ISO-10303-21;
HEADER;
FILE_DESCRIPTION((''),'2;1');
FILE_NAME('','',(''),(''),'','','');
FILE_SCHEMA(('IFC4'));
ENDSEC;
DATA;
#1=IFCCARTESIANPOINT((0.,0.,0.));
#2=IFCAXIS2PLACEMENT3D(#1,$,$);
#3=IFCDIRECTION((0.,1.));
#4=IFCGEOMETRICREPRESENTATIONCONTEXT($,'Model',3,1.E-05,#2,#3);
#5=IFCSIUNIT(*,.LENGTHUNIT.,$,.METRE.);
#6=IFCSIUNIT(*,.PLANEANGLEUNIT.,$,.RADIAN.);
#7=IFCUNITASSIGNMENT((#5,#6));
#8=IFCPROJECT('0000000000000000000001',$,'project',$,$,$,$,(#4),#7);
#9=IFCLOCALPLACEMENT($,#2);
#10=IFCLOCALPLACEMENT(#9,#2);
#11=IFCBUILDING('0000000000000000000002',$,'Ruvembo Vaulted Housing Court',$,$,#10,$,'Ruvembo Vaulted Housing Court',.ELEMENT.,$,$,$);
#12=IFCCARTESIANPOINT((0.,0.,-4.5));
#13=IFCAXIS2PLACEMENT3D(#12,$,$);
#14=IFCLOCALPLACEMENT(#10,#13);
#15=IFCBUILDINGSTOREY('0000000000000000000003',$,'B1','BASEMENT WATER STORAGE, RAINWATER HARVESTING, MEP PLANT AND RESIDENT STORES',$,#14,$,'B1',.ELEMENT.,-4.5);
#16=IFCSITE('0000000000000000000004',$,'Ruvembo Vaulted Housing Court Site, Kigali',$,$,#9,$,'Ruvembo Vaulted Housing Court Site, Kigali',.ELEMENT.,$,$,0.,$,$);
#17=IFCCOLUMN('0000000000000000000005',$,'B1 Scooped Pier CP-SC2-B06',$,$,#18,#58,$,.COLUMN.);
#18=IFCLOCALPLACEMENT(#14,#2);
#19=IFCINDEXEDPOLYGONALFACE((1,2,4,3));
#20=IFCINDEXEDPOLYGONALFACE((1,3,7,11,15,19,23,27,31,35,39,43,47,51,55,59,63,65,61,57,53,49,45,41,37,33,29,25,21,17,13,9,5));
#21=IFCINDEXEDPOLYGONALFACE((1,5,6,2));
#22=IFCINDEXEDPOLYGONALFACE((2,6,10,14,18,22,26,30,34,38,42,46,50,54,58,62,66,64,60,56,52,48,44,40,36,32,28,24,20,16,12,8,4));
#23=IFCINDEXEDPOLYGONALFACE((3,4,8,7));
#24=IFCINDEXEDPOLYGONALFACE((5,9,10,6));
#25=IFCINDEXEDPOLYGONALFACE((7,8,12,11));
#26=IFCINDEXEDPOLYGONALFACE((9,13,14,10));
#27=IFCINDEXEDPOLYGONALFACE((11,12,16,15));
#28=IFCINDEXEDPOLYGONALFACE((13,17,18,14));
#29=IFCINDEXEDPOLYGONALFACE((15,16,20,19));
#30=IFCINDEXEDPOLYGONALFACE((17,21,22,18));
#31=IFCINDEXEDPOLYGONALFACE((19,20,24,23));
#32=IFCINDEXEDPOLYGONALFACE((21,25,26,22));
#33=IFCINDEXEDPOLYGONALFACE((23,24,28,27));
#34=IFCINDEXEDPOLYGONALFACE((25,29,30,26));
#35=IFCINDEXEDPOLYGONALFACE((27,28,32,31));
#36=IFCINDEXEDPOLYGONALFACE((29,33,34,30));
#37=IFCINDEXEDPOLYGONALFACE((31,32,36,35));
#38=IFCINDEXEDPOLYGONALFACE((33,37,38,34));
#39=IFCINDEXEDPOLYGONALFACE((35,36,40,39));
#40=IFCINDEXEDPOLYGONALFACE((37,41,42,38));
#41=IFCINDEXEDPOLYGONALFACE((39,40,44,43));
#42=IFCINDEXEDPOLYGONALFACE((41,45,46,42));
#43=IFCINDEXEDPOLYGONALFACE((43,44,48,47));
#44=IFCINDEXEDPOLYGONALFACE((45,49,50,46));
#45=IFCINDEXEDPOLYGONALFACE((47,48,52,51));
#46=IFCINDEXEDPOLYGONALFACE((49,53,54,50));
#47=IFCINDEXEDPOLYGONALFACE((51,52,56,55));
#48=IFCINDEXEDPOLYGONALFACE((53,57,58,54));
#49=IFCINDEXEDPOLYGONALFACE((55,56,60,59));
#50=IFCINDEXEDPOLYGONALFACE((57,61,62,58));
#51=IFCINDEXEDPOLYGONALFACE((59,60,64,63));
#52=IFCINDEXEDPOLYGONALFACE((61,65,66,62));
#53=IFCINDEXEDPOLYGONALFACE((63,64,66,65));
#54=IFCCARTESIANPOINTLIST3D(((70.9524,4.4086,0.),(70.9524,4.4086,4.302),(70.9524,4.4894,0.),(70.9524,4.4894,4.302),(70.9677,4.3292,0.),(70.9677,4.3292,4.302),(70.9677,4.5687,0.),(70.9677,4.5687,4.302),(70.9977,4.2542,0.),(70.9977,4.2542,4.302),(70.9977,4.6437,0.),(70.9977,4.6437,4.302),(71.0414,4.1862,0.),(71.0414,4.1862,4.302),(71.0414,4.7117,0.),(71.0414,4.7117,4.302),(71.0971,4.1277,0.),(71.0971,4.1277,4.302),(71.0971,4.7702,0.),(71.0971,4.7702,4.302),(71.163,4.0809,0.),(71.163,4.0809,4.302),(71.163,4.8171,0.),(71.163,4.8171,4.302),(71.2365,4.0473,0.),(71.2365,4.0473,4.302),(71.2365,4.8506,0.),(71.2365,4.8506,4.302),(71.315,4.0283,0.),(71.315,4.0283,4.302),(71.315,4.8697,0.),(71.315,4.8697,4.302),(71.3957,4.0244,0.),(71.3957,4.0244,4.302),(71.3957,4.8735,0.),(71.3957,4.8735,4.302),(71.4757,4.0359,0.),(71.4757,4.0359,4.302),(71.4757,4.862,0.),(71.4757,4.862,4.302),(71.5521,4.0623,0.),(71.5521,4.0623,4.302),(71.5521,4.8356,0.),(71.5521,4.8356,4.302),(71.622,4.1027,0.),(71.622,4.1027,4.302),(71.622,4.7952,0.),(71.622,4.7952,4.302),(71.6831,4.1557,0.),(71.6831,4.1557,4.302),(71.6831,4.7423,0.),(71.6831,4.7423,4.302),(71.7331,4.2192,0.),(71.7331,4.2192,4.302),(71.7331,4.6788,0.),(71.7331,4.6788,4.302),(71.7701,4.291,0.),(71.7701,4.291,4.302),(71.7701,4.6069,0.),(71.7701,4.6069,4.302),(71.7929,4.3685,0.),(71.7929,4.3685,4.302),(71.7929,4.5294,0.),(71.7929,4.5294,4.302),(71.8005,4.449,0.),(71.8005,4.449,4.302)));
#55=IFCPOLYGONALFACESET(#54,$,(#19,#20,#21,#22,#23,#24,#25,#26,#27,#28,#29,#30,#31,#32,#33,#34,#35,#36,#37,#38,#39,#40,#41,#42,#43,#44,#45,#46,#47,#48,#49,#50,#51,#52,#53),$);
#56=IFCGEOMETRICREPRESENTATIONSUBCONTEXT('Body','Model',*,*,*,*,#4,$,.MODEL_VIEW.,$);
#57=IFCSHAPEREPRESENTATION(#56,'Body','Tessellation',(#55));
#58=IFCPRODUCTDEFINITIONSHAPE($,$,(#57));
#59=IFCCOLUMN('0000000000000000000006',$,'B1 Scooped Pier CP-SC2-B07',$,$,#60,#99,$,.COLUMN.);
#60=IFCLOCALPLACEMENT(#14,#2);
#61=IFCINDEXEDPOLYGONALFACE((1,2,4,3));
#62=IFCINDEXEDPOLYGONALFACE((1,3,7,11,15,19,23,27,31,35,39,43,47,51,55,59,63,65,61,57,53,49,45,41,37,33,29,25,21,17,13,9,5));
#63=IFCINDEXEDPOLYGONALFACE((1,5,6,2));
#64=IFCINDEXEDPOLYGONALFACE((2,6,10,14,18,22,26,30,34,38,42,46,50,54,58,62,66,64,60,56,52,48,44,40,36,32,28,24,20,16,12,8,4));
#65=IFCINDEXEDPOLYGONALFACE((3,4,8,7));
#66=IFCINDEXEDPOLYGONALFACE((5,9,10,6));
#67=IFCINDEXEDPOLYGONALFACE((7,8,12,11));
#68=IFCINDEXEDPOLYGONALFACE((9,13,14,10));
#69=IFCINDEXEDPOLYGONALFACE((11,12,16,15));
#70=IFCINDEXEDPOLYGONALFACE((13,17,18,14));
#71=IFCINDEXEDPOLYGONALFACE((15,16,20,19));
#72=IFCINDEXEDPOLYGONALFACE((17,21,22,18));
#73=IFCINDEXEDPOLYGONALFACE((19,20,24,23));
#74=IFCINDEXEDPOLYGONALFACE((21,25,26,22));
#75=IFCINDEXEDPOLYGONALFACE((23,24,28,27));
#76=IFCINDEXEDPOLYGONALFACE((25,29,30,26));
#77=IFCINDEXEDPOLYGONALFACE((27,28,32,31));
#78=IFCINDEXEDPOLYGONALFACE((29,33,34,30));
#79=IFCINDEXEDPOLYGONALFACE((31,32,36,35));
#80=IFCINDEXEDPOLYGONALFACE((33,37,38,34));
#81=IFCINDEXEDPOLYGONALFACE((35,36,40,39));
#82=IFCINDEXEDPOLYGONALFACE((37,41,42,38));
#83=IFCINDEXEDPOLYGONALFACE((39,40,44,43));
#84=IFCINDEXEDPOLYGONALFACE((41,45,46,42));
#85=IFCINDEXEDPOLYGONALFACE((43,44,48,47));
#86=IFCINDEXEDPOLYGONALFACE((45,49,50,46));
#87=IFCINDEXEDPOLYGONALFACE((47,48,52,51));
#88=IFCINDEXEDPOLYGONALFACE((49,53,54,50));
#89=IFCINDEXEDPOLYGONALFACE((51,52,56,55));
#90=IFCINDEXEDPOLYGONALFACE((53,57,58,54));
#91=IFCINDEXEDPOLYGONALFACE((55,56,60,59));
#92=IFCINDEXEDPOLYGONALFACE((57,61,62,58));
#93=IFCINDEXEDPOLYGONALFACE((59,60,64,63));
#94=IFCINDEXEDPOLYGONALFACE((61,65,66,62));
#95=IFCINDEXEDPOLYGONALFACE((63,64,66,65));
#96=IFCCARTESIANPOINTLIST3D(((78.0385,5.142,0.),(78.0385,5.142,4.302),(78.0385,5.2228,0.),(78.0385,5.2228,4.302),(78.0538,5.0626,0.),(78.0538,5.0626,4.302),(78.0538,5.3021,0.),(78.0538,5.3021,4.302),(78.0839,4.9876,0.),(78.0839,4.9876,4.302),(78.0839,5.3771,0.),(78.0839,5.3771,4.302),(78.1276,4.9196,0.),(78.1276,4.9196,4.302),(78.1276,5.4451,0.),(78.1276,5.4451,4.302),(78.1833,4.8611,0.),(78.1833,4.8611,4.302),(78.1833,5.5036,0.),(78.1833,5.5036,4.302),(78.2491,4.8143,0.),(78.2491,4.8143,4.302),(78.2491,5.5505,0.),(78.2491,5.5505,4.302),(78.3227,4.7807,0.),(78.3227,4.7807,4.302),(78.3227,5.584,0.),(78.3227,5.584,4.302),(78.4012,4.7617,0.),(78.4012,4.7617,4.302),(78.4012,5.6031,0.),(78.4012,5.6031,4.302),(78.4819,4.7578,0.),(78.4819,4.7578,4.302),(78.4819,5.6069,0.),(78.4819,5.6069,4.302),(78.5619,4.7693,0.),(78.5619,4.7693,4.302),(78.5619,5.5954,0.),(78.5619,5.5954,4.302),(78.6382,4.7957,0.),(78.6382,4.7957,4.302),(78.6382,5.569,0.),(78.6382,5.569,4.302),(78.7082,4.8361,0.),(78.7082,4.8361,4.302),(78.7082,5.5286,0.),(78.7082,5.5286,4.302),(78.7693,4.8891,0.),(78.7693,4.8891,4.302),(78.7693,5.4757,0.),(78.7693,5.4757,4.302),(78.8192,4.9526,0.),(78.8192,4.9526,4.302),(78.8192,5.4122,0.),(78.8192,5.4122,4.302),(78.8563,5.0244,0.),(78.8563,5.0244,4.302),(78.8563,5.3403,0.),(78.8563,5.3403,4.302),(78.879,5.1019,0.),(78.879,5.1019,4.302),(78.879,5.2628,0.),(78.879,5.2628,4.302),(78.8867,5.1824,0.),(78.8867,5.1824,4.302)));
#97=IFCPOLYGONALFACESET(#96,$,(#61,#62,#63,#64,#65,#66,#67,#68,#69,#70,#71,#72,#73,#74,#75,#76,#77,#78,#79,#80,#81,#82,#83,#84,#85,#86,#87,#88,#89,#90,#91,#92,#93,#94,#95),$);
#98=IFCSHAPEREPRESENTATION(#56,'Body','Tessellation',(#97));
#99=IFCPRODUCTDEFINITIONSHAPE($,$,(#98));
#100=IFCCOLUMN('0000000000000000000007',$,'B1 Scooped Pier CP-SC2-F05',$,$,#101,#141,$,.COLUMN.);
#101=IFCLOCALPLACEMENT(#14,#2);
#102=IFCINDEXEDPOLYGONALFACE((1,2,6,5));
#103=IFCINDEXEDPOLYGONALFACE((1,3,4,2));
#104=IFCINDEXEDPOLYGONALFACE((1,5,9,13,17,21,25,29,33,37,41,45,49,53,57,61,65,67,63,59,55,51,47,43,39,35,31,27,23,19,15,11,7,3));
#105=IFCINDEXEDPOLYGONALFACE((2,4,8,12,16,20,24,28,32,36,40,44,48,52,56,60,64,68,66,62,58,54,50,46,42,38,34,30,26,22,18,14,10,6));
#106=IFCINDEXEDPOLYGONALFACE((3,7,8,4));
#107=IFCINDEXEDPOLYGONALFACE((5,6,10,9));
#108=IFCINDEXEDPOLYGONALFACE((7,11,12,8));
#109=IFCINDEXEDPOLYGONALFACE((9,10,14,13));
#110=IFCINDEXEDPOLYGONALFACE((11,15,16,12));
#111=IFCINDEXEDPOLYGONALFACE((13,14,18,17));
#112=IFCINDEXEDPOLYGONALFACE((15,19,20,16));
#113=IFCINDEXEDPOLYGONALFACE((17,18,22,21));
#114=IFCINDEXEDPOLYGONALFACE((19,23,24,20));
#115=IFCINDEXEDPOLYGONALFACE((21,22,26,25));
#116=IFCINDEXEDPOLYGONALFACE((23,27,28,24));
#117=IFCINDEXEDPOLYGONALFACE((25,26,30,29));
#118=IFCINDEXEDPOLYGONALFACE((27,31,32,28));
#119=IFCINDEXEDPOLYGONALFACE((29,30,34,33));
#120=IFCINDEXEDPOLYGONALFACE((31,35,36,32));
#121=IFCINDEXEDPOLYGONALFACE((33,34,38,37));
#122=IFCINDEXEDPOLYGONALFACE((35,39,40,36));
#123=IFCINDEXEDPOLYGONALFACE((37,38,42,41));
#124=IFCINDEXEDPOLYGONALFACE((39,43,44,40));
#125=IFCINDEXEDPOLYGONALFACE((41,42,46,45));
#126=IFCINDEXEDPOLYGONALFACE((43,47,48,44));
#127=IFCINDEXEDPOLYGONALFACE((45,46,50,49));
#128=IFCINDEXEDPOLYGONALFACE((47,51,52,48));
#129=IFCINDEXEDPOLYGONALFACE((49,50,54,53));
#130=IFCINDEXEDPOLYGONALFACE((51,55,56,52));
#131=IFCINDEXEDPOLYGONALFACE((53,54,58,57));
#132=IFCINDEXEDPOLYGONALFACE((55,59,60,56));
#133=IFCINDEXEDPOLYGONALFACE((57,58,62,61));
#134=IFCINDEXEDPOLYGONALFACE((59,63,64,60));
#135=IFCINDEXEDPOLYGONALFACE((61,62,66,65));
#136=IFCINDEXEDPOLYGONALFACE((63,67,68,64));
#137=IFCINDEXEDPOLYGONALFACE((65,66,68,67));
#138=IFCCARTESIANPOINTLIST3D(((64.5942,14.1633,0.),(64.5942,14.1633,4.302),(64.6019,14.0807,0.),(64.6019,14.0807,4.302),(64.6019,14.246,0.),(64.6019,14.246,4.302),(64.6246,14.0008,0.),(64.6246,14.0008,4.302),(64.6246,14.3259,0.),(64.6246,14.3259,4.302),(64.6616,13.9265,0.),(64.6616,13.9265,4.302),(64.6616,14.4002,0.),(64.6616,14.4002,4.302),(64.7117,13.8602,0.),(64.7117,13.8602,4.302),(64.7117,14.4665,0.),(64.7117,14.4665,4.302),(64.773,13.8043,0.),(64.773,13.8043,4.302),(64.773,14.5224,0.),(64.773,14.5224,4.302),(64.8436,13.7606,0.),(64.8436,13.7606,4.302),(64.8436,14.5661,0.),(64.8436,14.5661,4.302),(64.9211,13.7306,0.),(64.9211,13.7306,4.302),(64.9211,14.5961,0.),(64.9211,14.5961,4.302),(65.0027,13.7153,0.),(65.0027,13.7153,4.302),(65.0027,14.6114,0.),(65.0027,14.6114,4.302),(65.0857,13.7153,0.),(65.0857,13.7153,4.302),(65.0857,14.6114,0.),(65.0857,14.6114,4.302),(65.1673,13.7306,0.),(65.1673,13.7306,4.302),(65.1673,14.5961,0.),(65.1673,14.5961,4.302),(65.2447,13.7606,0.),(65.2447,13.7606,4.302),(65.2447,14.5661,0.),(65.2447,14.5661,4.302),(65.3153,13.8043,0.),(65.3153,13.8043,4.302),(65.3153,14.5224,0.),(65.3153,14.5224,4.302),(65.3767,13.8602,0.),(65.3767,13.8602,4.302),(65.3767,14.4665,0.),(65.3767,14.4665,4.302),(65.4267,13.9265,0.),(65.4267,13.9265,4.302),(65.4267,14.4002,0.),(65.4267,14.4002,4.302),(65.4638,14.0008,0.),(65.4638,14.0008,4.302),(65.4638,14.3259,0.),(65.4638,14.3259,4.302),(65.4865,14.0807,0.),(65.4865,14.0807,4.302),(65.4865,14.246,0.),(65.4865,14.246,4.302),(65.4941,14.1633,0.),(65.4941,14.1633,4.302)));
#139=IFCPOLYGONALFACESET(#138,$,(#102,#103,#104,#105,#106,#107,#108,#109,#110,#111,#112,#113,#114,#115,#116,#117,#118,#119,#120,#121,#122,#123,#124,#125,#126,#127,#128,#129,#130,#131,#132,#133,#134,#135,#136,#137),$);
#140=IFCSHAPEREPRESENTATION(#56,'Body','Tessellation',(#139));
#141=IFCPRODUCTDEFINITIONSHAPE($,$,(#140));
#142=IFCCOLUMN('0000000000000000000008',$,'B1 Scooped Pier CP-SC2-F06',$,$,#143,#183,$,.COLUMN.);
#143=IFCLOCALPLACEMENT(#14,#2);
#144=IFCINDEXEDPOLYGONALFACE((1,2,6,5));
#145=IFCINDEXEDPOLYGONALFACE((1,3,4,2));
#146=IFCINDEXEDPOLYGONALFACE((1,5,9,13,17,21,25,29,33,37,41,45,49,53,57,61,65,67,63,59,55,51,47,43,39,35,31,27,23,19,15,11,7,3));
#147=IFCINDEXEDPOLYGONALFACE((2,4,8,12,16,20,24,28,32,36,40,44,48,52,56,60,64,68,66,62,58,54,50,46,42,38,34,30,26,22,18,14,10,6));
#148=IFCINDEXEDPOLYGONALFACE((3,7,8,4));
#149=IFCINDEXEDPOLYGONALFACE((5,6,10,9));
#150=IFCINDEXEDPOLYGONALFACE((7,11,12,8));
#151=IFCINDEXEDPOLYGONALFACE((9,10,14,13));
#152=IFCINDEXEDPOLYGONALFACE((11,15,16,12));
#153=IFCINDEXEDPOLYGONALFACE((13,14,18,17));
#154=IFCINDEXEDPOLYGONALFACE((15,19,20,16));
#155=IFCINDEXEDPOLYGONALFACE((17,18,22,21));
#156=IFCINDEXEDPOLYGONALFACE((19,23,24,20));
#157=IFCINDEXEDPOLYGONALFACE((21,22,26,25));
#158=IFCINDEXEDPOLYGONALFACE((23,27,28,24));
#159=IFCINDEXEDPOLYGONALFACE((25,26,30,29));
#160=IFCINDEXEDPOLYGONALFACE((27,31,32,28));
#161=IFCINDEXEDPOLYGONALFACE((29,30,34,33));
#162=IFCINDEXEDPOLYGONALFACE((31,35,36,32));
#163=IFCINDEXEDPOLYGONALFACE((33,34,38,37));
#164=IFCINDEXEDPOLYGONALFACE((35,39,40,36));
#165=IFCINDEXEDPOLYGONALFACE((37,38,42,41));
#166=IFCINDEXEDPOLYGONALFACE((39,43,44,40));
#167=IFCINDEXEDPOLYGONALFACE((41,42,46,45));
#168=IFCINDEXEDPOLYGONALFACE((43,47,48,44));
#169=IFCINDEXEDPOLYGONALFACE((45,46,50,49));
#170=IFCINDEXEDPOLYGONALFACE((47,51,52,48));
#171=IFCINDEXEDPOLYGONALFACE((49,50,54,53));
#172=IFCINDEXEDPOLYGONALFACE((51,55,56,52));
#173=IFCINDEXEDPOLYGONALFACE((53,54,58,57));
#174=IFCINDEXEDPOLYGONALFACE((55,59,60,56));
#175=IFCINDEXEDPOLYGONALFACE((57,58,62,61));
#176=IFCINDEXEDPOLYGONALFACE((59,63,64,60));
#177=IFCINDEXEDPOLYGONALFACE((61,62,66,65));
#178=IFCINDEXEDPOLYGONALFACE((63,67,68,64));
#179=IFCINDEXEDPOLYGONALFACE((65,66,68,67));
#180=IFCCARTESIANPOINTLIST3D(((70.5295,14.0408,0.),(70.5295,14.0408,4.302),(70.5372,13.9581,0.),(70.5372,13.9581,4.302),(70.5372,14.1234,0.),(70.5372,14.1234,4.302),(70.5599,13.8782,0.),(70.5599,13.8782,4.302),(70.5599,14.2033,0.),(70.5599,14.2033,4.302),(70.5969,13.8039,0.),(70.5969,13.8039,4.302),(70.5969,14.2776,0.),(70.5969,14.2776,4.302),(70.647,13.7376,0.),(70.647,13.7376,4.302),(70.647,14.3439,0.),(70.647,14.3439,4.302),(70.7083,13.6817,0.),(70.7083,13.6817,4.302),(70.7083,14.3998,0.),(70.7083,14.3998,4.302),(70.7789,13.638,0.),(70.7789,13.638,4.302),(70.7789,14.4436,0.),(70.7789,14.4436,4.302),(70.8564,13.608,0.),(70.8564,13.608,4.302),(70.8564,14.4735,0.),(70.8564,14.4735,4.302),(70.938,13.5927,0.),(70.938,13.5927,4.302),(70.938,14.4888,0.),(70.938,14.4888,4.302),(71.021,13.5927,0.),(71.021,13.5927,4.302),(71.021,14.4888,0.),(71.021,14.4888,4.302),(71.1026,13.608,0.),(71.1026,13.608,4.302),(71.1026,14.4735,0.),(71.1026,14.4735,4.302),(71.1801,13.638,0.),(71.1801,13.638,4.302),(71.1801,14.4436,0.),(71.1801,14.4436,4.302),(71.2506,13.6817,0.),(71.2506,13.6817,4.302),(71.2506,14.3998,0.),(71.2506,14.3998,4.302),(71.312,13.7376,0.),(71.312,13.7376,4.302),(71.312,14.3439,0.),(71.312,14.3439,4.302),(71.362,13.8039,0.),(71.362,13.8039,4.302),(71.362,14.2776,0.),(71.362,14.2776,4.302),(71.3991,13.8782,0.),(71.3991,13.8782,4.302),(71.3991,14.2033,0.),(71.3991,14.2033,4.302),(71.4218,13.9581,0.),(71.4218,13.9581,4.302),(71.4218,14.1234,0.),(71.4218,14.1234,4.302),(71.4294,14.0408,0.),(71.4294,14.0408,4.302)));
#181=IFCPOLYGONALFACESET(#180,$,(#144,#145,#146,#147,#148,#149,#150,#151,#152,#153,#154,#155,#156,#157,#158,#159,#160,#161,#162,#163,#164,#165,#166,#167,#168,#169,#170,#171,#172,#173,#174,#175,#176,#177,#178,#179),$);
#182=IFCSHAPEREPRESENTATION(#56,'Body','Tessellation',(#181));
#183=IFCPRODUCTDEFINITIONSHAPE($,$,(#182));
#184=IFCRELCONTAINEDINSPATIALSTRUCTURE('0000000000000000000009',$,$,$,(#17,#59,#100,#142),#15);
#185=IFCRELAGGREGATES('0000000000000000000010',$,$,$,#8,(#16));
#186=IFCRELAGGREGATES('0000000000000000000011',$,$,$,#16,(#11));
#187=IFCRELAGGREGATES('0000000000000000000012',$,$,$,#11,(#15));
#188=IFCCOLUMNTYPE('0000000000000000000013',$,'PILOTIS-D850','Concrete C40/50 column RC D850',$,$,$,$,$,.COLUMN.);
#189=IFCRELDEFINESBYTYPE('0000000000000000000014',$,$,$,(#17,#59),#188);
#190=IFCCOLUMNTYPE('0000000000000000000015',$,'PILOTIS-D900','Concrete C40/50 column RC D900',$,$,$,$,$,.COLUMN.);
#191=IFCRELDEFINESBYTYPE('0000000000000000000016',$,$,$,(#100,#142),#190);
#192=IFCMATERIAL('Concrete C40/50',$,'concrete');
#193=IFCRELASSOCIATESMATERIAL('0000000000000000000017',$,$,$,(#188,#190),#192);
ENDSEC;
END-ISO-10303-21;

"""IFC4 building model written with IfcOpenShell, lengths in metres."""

from ifc_helpers import new_model, si_unit, direction, frame, origin, origin_2d, place, context, subcontext, project, spatial, circle, extrude, material, material_profile, profile_set, type_object, element, save


model = new_model("IFC4")

# Units and contexts
model_context = context("Model", 3, precision=1e-05, world=origin(), true_north=direction((0.0, 1.0)))
body_context = subcontext(model_context, "Body", "Model", "MODEL_VIEW")
ifc_project = project(units=[si_unit("LENGTHUNIT", "METRE"), si_unit("PLANEANGLEUNIT", "RADIAN")], contexts=[model_context])

# Site, building, storey
site_placement = place(None, origin())
site = spatial("IfcSite", under=ifc_project, at=site_placement, Name="Ruvembo Vaulted Housing Court Site, Kigali", LongName="Ruvembo Vaulted Housing Court Site, Kigali", CompositionType="ELEMENT", RefElevation=0.0)
building_placement = place(site_placement, origin())
building = spatial("IfcBuilding", under=site, at=building_placement, Name="Ruvembo Vaulted Housing Court", LongName="Ruvembo Vaulted Housing Court", CompositionType="ELEMENT")
storey_placement = place(building_placement, frame((0.0, 0.0, -4.5)))
storey = spatial("IfcBuildingStorey", under=building, at=storey_placement, Name="B1", Description="BASEMENT WATER STORAGE, RAINWATER HARVESTING, MEP PLANT AND RESIDENT STORES", LongName="B1", CompositionType="ELEMENT", Elevation=-4.5)

# Columns
ifc_material_1 = material(Name="Concrete C40/50", Category="concrete")
ifc_material_profile_1 = material_profile(ifc_material_1, circle(Radius=0.425, at=origin_2d()), Name="RC D850")
ifc_profile_set_1 = profile_set([ifc_material_profile_1], Name="Concrete C40/50")
column_type_1 = type_object("IfcColumnType", Name="PILOTIS-D850", Description="Concrete C40/50 column RC D850", PredefinedType="COLUMN", material=ifc_profile_set_1)
for number, where, z_axis, x_axis, name in (
    (1, (71.3755, 4.449, 0.0), (0.0, 0.0, 1.0), (1.0, 0.0, 0.0), "B1 Scooped Pier CP-SC2-B06"),
    (2, (78.4617, 5.1824, 0.0), (0.0, 0.0, 1.0), (1.0, 0.0, 0.0), "B1 Scooped Pier CP-SC2-B07"),
):
    element("IfcColumn", number, at=place(storey_placement, frame(where, z_axis=z_axis, x_axis=x_axis)), inside=storey, type_object=column_type_1, Name=name, PredefinedType="COLUMN", context=body_context, shape_type="SweptSolid", body=[
        extrude(circle(Radius=0.425, at=origin_2d()), origin(), (0.0, 0.0, 1.0), 4.302),
    ])
ifc_material_profile_2 = material_profile(ifc_material_1, circle(Radius=0.45, at=origin_2d()), Name="RC D900")
ifc_profile_set_2 = profile_set([ifc_material_profile_2], Name="Concrete C40/50")
column_type_2 = type_object("IfcColumnType", Name="PILOTIS-D900", Description="Concrete C40/50 column RC D900", PredefinedType="COLUMN", material=ifc_profile_set_2)
for number, where, z_axis, x_axis, name in (
    (3, (65.0442, 14.1633, 0.0), (0.0, 0.0, 1.0), (1.0, 0.0, 0.0), "B1 Scooped Pier CP-SC2-F05"),
    (4, (70.9795, 14.0408, 0.0), (0.0, 0.0, 1.0), (1.0, 0.0, 0.0), "B1 Scooped Pier CP-SC2-F06"),
):
    element("IfcColumn", number, at=place(storey_placement, frame(where, z_axis=z_axis, x_axis=x_axis)), inside=storey, type_object=column_type_2, Name=name, PredefinedType="COLUMN", context=body_context, shape_type="SweptSolid", body=[
        extrude(circle(Radius=0.45, at=origin_2d()), origin(), (0.0, 0.0, 1.0), 4.302),
    ])

save(model, "model.ifc")
